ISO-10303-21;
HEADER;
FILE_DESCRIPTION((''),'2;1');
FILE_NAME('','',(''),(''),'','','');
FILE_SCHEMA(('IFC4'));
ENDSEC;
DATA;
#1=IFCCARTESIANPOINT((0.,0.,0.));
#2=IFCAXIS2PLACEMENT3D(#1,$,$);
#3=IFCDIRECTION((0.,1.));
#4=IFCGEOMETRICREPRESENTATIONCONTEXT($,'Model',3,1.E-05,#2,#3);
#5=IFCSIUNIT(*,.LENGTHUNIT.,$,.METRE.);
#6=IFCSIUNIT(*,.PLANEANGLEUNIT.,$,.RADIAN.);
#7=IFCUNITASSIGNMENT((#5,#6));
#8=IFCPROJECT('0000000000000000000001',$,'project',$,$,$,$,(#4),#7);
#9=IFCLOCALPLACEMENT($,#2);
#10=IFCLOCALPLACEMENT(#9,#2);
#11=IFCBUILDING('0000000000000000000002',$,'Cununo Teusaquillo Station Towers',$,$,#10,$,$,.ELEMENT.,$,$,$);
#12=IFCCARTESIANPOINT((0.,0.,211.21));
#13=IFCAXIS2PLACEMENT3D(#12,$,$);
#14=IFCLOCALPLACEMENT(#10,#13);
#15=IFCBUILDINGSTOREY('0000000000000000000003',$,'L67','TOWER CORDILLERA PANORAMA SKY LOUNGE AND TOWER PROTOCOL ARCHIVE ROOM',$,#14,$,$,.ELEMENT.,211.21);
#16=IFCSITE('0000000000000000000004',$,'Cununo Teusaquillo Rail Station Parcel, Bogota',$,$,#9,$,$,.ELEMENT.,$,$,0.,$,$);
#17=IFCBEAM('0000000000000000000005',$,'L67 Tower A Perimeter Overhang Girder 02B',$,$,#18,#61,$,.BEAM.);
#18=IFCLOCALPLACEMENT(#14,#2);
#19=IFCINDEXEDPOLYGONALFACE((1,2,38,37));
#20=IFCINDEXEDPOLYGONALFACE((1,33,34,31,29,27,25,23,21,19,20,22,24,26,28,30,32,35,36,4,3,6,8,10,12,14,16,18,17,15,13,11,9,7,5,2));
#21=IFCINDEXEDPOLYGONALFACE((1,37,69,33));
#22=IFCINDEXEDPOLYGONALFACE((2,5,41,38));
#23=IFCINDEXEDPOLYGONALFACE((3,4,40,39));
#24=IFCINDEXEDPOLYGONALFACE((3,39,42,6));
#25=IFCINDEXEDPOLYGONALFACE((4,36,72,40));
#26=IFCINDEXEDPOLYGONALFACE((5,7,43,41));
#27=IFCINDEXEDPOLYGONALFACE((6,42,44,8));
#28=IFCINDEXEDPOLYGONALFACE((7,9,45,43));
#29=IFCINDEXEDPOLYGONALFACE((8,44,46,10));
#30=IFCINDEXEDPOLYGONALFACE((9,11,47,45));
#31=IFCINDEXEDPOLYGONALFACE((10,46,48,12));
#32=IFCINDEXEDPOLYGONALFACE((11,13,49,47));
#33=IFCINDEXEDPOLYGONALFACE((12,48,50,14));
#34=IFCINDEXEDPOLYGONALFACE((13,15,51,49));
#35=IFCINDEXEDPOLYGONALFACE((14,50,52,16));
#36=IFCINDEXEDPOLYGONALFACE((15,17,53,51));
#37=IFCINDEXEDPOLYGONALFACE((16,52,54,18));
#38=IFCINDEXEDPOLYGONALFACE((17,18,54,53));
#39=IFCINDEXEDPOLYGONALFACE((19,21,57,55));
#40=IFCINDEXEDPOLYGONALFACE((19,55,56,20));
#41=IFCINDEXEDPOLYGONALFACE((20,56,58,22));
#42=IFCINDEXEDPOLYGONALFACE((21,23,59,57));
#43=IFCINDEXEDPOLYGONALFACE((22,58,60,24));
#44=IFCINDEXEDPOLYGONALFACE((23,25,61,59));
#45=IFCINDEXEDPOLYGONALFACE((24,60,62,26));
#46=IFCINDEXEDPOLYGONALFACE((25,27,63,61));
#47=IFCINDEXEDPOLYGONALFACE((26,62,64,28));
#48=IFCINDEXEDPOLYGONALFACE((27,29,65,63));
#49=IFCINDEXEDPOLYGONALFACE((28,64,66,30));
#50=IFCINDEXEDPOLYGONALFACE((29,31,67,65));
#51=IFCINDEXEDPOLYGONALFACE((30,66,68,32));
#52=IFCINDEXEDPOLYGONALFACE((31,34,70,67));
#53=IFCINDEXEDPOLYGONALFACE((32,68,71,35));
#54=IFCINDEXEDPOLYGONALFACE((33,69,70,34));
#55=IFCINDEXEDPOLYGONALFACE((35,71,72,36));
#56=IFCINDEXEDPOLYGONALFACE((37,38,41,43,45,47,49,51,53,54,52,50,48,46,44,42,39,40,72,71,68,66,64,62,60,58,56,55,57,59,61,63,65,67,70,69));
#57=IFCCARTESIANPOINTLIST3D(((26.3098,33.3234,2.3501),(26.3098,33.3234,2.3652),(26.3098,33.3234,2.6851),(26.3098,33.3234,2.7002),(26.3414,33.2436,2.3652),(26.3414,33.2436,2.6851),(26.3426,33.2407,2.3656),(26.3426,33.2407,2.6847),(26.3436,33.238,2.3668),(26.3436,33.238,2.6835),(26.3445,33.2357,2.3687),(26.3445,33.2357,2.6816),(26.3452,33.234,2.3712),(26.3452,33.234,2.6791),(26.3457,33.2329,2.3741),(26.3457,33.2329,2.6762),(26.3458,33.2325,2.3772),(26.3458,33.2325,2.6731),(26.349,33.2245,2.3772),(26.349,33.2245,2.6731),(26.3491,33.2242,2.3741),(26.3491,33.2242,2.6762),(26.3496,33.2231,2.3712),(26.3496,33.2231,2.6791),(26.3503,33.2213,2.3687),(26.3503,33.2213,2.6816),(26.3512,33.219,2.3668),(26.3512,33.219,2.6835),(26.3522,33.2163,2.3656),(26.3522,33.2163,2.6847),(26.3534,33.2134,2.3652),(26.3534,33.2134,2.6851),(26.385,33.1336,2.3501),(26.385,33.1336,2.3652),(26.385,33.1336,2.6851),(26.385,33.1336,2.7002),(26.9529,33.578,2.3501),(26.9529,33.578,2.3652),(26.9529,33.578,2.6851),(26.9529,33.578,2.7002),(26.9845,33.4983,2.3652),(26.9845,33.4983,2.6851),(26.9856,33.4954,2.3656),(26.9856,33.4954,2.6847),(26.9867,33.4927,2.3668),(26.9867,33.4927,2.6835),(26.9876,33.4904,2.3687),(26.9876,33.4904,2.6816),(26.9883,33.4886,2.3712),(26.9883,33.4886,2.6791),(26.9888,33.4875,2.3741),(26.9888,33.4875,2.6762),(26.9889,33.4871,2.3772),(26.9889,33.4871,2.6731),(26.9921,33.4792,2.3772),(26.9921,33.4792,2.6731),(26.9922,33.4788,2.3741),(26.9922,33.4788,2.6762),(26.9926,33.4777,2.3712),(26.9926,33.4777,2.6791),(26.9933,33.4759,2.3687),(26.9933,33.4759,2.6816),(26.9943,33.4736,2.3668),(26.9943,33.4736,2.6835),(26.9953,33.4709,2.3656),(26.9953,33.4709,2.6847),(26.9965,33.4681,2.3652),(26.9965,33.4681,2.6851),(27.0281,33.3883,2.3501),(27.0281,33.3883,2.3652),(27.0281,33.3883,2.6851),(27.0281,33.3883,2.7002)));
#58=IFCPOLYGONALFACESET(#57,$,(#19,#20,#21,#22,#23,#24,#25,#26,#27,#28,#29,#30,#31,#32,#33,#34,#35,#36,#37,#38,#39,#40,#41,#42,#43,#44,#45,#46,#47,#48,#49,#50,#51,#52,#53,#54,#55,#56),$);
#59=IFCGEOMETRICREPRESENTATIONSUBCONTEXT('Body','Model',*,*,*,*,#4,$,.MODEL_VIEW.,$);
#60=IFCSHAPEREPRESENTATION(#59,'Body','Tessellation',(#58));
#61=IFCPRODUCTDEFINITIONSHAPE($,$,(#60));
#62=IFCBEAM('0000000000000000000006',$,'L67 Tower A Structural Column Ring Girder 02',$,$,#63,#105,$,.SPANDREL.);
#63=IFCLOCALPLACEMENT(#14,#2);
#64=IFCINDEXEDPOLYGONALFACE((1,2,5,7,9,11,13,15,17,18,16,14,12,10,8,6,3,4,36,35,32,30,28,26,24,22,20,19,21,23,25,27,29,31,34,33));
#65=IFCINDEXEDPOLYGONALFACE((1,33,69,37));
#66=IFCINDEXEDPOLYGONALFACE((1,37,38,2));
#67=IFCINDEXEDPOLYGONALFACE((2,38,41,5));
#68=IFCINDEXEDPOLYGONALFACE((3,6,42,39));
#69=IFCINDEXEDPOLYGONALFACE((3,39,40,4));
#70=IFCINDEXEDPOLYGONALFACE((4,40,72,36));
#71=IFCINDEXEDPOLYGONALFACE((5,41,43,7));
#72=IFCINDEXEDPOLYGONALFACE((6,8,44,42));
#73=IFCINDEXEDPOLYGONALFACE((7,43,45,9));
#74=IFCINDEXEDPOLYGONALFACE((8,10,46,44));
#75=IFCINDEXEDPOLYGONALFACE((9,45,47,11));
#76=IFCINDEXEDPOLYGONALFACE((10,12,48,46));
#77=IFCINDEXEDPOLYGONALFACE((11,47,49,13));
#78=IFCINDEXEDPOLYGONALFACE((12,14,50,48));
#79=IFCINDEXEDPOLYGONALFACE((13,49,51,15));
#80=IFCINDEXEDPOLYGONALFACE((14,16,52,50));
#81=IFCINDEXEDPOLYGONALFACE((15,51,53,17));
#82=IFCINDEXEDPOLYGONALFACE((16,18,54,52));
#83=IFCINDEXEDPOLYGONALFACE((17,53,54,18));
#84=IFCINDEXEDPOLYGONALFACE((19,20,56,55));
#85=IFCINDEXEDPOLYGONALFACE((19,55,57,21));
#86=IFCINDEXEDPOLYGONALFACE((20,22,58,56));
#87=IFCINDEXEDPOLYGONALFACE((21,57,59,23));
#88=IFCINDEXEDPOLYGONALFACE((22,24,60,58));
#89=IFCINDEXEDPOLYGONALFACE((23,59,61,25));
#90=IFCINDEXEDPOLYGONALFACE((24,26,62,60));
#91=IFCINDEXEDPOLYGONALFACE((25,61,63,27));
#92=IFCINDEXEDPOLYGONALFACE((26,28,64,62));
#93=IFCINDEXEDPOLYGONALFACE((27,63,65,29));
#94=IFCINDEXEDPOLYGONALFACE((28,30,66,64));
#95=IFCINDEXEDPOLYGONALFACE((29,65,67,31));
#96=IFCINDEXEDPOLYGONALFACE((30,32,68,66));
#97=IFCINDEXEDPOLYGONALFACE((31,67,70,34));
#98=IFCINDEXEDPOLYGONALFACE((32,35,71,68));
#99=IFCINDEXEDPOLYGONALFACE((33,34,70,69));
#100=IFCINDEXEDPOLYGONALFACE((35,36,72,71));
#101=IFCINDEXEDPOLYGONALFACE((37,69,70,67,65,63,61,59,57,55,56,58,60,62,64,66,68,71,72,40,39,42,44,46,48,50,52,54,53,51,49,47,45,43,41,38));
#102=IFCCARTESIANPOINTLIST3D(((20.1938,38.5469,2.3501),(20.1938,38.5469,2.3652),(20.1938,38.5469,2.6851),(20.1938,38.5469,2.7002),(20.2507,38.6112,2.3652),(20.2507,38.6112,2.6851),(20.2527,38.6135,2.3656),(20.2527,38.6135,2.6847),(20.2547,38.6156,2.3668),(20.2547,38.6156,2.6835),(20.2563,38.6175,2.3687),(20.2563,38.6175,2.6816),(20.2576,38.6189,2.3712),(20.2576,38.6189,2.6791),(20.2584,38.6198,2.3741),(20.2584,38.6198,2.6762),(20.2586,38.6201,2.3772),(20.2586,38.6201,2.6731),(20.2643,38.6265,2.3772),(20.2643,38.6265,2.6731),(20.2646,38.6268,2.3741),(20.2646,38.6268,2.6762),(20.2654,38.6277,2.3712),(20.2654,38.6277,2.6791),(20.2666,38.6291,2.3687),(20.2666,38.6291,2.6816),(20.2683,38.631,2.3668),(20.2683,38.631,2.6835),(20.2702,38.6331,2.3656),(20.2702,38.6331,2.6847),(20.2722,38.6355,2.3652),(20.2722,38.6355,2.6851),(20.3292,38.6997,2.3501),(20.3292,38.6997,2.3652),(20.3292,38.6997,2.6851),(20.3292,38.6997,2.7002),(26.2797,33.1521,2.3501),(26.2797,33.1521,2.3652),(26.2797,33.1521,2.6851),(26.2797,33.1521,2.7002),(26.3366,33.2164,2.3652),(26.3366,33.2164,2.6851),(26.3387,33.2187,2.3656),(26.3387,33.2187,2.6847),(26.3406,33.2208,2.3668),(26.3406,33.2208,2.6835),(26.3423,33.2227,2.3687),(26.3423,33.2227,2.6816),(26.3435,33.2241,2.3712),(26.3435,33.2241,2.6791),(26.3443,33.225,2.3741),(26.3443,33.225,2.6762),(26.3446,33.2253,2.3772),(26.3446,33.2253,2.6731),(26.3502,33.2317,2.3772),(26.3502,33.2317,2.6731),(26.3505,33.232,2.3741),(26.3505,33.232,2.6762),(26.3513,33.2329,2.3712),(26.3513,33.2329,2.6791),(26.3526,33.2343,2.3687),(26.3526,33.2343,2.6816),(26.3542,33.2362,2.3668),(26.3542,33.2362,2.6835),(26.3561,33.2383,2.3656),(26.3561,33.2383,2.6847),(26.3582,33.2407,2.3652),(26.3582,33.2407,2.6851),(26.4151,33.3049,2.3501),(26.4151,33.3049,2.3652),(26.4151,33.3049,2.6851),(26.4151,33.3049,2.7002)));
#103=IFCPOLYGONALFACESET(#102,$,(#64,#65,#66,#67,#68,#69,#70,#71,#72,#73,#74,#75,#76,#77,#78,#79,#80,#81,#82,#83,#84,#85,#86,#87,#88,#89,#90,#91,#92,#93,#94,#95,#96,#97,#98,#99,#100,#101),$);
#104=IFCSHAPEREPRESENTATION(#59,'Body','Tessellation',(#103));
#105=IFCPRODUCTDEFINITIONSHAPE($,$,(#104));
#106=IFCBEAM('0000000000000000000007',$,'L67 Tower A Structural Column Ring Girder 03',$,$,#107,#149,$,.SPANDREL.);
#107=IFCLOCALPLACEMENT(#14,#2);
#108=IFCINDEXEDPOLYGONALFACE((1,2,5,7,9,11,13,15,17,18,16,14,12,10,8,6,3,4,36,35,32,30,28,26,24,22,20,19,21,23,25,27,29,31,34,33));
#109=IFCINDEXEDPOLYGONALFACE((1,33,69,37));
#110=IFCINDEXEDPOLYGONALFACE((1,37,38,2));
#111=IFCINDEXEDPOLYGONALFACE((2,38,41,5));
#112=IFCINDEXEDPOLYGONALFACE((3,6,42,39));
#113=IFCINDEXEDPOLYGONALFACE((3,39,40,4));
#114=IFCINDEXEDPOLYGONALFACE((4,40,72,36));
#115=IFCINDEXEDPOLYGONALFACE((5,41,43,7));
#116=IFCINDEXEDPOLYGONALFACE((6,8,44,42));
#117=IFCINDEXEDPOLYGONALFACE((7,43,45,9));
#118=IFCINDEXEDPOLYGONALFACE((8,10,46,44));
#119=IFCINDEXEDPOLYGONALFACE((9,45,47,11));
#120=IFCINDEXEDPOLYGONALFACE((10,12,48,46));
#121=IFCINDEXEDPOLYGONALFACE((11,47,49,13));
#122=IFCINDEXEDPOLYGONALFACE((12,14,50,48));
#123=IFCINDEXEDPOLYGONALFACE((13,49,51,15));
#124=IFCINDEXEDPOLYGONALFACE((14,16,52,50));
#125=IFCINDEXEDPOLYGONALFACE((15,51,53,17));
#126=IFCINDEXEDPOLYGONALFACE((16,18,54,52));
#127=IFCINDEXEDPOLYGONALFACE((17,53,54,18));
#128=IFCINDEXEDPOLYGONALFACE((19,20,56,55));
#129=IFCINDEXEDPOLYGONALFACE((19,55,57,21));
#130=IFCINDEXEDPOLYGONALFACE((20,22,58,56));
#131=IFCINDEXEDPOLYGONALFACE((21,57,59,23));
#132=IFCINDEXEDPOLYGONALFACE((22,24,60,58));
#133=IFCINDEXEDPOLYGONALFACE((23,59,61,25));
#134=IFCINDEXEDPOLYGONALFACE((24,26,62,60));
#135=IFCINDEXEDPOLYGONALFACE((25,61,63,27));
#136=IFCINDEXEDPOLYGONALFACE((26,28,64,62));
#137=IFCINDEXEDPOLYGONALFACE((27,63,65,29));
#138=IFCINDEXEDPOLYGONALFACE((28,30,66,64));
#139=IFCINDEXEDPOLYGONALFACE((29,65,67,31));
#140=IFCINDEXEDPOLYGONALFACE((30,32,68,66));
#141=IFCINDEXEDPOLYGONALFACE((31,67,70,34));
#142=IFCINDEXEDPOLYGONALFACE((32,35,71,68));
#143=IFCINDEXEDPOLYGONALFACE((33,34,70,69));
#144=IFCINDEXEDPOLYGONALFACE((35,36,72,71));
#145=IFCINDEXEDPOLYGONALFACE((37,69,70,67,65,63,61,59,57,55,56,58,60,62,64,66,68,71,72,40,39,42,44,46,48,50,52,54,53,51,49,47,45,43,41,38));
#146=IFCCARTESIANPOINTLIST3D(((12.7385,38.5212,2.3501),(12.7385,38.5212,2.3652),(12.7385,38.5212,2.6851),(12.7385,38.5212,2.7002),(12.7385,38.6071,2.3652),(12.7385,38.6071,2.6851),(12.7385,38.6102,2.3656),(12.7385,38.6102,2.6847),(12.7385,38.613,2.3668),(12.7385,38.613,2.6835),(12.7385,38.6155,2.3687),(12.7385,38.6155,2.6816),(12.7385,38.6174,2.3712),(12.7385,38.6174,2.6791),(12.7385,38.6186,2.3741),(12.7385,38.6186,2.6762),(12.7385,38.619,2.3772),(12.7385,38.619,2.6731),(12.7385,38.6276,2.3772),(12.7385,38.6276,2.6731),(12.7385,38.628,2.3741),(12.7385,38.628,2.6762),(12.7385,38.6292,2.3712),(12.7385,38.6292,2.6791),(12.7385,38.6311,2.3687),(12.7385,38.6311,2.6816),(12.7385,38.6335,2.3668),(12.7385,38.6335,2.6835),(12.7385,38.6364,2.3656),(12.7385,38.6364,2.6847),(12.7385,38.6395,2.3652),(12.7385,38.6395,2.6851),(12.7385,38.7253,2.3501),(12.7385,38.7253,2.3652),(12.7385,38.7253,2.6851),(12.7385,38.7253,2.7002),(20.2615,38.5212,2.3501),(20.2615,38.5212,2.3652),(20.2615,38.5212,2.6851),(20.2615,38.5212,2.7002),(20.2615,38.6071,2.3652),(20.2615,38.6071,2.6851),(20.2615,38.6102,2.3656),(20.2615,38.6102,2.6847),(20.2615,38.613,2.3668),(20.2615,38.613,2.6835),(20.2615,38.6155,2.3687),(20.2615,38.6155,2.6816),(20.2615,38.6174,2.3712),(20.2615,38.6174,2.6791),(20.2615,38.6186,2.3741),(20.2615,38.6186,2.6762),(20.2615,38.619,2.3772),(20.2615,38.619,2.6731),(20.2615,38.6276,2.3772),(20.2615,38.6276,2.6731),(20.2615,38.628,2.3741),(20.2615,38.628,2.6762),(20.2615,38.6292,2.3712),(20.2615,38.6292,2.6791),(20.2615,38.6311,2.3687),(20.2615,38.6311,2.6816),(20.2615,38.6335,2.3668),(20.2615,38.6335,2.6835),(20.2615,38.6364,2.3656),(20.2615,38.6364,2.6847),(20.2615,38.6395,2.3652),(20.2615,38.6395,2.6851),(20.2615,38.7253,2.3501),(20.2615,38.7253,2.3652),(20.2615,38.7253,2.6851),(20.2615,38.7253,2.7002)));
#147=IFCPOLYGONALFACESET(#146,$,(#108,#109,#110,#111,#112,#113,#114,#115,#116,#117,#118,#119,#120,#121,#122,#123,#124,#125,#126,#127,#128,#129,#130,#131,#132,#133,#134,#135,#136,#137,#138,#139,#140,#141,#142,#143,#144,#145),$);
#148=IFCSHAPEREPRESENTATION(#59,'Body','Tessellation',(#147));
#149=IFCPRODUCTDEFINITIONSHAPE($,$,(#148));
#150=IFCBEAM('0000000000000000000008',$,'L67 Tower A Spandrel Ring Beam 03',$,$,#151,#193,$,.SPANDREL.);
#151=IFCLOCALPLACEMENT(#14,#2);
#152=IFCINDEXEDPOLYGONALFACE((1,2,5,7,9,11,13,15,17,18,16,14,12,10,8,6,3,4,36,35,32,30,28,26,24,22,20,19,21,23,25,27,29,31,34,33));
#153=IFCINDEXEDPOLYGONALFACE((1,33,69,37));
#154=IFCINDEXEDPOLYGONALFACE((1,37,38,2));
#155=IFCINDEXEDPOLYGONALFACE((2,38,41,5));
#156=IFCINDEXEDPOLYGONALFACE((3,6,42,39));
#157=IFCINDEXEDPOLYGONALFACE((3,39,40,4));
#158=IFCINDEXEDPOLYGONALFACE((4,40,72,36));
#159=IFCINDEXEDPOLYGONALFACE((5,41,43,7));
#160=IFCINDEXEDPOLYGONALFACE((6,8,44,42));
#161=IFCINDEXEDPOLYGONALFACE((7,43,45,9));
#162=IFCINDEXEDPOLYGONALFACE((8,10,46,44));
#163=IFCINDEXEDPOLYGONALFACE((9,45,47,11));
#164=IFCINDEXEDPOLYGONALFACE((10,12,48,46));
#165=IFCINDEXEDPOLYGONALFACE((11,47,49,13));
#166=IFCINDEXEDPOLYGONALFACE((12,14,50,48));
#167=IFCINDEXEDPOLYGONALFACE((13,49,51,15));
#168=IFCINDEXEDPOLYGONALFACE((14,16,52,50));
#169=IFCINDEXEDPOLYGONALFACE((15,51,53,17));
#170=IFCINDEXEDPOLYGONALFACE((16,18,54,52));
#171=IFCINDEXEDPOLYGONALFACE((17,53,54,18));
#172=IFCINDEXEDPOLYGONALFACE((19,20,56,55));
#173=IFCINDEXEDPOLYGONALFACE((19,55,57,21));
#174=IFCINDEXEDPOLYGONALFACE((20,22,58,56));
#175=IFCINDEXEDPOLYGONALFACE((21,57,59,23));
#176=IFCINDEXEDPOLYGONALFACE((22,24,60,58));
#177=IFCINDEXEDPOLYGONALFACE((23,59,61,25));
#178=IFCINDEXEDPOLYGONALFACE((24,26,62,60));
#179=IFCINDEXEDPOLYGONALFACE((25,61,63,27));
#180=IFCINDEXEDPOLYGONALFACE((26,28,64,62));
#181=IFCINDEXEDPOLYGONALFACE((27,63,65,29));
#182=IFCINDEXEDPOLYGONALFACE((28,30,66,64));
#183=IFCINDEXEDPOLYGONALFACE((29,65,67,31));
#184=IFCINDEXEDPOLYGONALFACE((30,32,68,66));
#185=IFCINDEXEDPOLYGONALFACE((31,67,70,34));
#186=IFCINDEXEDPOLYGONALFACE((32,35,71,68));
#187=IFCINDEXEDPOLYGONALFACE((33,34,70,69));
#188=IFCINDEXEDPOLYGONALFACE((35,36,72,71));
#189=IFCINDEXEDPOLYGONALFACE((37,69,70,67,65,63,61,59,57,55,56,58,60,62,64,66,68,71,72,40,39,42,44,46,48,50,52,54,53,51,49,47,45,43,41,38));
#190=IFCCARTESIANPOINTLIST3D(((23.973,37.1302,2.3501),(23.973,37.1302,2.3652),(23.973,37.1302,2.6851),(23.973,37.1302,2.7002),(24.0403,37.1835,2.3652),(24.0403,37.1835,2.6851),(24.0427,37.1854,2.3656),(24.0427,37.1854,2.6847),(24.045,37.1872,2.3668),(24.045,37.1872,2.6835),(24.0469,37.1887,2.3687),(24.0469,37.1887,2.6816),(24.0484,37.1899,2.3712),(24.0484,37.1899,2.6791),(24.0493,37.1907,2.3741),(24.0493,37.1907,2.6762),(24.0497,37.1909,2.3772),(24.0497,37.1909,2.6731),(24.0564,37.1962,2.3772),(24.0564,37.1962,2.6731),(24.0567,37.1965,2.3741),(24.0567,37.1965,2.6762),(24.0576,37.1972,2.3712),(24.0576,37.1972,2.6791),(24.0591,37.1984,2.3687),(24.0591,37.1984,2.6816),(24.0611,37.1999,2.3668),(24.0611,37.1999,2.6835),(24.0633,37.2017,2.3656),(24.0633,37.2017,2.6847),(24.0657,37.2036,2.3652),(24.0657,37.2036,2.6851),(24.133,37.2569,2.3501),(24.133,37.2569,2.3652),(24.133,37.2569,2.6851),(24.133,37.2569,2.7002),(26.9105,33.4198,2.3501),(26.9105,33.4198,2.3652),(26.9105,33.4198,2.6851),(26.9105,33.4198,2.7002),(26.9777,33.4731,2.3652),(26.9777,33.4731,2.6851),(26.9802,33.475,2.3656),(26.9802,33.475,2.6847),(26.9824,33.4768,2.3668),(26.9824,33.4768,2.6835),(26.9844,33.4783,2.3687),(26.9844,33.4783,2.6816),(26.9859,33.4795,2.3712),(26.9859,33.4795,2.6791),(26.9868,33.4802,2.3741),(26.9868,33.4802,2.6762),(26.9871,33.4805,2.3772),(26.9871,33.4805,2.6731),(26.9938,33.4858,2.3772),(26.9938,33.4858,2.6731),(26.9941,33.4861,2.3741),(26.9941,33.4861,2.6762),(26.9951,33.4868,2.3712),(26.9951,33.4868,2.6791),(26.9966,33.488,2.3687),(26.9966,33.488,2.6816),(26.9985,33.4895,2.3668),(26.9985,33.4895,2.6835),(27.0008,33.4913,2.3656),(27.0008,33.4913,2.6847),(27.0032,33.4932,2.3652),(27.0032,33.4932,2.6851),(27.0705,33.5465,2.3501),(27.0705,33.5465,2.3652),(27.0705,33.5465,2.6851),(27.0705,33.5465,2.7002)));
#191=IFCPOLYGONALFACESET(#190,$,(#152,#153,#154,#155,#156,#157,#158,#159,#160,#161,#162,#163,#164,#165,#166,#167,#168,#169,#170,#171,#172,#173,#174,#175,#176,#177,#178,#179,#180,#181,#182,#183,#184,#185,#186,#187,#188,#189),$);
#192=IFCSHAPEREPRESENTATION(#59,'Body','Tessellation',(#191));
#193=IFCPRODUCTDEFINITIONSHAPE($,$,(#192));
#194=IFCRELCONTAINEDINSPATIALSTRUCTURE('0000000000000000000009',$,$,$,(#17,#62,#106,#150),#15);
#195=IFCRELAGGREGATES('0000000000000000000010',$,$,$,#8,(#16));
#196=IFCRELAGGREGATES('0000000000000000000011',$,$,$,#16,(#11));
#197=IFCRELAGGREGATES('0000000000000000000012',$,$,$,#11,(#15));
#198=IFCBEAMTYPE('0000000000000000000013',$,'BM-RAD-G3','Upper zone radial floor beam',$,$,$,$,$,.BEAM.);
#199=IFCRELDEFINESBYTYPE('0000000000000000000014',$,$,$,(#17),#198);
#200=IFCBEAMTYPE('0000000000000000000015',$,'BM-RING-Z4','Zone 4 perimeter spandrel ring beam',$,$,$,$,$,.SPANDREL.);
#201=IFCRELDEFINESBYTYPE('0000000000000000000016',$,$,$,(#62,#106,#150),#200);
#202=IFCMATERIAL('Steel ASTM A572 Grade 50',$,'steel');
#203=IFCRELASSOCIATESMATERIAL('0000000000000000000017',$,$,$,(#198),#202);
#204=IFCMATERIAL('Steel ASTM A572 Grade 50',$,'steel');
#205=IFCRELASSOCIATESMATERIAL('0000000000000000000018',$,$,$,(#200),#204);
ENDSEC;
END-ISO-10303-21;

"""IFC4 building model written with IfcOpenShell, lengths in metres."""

from ifc_helpers import new_model, si_unit, direction, frame, origin, origin_2d, place, context, subcontext, project, spatial, i_section, extrude, material, material_profile, profile_set, type_object, element, save


model = new_model("IFC4")

# Units and contexts
model_context = context("Model", 3, precision=1e-05, world=origin(), true_north=direction((0.0, 1.0)))
body_context = subcontext(model_context, "Body", "Model", "MODEL_VIEW")
ifc_project = project(units=[si_unit("LENGTHUNIT", "METRE"), si_unit("PLANEANGLEUNIT", "RADIAN")], contexts=[model_context])

# Site, building, storey
site_placement = place(None, origin())
site = spatial("IfcSite", under=ifc_project, at=site_placement, Name="Cununo Teusaquillo Rail Station Parcel, Bogota", CompositionType="ELEMENT", RefElevation=0.0)
building_placement = place(site_placement, origin())
building = spatial("IfcBuilding", under=site, at=building_placement, Name="Cununo Teusaquillo Station Towers", CompositionType="ELEMENT")
storey_placement = place(building_placement, frame((0.0, 0.0, 211.21)))
storey = spatial("IfcBuildingStorey", under=building, at=storey_placement, Name="L67", Description="TOWER CORDILLERA PANORAMA SKY LOUNGE AND TOWER PROTOCOL ARCHIVE ROOM", CompositionType="ELEMENT", Elevation=211.21)

# Beams
ifc_material_1 = material(Name="Steel ASTM A572 Grade 50", Category="steel")
ifc_material_profile_1 = material_profile(ifc_material_1, i_section(OverallWidth=0.2041, OverallDepth=0.3501, WebThickness=0.0085, FlangeThickness=0.0151, FilletRadius=0.012, at=origin_2d()), Name="W14X48")
ifc_profile_set_1 = profile_set([ifc_material_profile_1], Name="Steel ASTM A572 Grade 50")
beam_type_1 = type_object("IfcBeamType", Name="BM-RAD-G3", Description="Upper zone radial floor beam", PredefinedType="BEAM", material=ifc_profile_set_1)
beam_1_placement = place(storey_placement, frame((26.3474, 33.2285, 2.5251), z_axis=(0.929761, 0.368163, 0.0), x_axis=(-0.368163, 0.929761, 0.0)))
element("IfcBeam", 1, at=beam_1_placement, inside=storey, type_object=beam_type_1, Name="L67 Tower A Perimeter Overhang Girder 02B", PredefinedType="BEAM", context=body_context, shape_type="SweptSolid", body=[
    extrude(i_section(OverallWidth=0.2041, OverallDepth=0.3501, WebThickness=0.0085, FlangeThickness=0.0151, FilletRadius=0.012, at=origin_2d()), origin(), (0.0, 0.0, 1.0), 0.6917),
])
ifc_material_2 = material(Name="Steel ASTM A572 Grade 50", Category="steel")
ifc_material_profile_2 = material_profile(ifc_material_2, i_section(OverallWidth=0.2041, OverallDepth=0.3501, WebThickness=0.0085, FlangeThickness=0.0151, FilletRadius=0.012, at=origin_2d()), Name="W14X48")
ifc_profile_set_2 = profile_set([ifc_material_profile_2], Name="Steel ASTM A572 Grade 50")
beam_type_2 = type_object("IfcBeamType", Name="BM-RING-Z4", Description="Zone 4 perimeter spandrel ring beam", PredefinedType="SPANDREL", material=ifc_profile_set_2)
beam_2_placement = place(storey_placement, frame((26.3474, 33.2285, 2.5251), z_axis=(-0.748321, 0.663337, 0.0), x_axis=(-0.663337, -0.748321, 0.0)))
element("IfcBeam", 2, at=beam_2_placement, inside=storey, type_object=beam_type_2, Name="L67 Tower A Structural Column Ring Girder 02", PredefinedType="SPANDREL", context=body_context, shape_type="SweptSolid", body=[
    extrude(i_section(OverallWidth=0.2041, OverallDepth=0.3501, WebThickness=0.0085, FlangeThickness=0.0151, FilletRadius=0.012, at=origin_2d()), origin(), (0.0, 0.0, 1.0), 8.1328),
])
beam_3_placement = place(storey_placement, frame((20.2615, 38.6233, 2.5251), z_axis=(-1.0, 0.0, 0.0), x_axis=(0.0, -1.0, 0.0)))
element("IfcBeam", 3, at=beam_3_placement, inside=storey, type_object=beam_type_2, Name="L67 Tower A Structural Column Ring Girder 03", PredefinedType="SPANDREL", context=body_context, shape_type="SweptSolid", body=[
    extrude(i_section(OverallWidth=0.2041, OverallDepth=0.3501, WebThickness=0.0085, FlangeThickness=0.0151, FilletRadius=0.012, at=origin_2d()), origin(), (0.0, 0.0, 1.0), 7.5229),
])
beam_4_placement = place(storey_placement, frame((26.9905, 33.4832, 2.5251), z_axis=(-0.620711, 0.78404, 0.0), x_axis=(-0.78404, -0.620711, 0.0)))
element("IfcBeam", 4, at=beam_4_placement, inside=storey, type_object=beam_type_2, Name="L67 Tower A Spandrel Ring Beam 03", PredefinedType="SPANDREL", context=body_context, shape_type="SweptSolid", body=[
    extrude(i_section(OverallWidth=0.2041, OverallDepth=0.3501, WebThickness=0.0085, FlangeThickness=0.0151, FilletRadius=0.012, at=origin_2d()), origin(), (0.0, 0.0, 1.0), 4.7324),
])

save(model, "model.ifc")
